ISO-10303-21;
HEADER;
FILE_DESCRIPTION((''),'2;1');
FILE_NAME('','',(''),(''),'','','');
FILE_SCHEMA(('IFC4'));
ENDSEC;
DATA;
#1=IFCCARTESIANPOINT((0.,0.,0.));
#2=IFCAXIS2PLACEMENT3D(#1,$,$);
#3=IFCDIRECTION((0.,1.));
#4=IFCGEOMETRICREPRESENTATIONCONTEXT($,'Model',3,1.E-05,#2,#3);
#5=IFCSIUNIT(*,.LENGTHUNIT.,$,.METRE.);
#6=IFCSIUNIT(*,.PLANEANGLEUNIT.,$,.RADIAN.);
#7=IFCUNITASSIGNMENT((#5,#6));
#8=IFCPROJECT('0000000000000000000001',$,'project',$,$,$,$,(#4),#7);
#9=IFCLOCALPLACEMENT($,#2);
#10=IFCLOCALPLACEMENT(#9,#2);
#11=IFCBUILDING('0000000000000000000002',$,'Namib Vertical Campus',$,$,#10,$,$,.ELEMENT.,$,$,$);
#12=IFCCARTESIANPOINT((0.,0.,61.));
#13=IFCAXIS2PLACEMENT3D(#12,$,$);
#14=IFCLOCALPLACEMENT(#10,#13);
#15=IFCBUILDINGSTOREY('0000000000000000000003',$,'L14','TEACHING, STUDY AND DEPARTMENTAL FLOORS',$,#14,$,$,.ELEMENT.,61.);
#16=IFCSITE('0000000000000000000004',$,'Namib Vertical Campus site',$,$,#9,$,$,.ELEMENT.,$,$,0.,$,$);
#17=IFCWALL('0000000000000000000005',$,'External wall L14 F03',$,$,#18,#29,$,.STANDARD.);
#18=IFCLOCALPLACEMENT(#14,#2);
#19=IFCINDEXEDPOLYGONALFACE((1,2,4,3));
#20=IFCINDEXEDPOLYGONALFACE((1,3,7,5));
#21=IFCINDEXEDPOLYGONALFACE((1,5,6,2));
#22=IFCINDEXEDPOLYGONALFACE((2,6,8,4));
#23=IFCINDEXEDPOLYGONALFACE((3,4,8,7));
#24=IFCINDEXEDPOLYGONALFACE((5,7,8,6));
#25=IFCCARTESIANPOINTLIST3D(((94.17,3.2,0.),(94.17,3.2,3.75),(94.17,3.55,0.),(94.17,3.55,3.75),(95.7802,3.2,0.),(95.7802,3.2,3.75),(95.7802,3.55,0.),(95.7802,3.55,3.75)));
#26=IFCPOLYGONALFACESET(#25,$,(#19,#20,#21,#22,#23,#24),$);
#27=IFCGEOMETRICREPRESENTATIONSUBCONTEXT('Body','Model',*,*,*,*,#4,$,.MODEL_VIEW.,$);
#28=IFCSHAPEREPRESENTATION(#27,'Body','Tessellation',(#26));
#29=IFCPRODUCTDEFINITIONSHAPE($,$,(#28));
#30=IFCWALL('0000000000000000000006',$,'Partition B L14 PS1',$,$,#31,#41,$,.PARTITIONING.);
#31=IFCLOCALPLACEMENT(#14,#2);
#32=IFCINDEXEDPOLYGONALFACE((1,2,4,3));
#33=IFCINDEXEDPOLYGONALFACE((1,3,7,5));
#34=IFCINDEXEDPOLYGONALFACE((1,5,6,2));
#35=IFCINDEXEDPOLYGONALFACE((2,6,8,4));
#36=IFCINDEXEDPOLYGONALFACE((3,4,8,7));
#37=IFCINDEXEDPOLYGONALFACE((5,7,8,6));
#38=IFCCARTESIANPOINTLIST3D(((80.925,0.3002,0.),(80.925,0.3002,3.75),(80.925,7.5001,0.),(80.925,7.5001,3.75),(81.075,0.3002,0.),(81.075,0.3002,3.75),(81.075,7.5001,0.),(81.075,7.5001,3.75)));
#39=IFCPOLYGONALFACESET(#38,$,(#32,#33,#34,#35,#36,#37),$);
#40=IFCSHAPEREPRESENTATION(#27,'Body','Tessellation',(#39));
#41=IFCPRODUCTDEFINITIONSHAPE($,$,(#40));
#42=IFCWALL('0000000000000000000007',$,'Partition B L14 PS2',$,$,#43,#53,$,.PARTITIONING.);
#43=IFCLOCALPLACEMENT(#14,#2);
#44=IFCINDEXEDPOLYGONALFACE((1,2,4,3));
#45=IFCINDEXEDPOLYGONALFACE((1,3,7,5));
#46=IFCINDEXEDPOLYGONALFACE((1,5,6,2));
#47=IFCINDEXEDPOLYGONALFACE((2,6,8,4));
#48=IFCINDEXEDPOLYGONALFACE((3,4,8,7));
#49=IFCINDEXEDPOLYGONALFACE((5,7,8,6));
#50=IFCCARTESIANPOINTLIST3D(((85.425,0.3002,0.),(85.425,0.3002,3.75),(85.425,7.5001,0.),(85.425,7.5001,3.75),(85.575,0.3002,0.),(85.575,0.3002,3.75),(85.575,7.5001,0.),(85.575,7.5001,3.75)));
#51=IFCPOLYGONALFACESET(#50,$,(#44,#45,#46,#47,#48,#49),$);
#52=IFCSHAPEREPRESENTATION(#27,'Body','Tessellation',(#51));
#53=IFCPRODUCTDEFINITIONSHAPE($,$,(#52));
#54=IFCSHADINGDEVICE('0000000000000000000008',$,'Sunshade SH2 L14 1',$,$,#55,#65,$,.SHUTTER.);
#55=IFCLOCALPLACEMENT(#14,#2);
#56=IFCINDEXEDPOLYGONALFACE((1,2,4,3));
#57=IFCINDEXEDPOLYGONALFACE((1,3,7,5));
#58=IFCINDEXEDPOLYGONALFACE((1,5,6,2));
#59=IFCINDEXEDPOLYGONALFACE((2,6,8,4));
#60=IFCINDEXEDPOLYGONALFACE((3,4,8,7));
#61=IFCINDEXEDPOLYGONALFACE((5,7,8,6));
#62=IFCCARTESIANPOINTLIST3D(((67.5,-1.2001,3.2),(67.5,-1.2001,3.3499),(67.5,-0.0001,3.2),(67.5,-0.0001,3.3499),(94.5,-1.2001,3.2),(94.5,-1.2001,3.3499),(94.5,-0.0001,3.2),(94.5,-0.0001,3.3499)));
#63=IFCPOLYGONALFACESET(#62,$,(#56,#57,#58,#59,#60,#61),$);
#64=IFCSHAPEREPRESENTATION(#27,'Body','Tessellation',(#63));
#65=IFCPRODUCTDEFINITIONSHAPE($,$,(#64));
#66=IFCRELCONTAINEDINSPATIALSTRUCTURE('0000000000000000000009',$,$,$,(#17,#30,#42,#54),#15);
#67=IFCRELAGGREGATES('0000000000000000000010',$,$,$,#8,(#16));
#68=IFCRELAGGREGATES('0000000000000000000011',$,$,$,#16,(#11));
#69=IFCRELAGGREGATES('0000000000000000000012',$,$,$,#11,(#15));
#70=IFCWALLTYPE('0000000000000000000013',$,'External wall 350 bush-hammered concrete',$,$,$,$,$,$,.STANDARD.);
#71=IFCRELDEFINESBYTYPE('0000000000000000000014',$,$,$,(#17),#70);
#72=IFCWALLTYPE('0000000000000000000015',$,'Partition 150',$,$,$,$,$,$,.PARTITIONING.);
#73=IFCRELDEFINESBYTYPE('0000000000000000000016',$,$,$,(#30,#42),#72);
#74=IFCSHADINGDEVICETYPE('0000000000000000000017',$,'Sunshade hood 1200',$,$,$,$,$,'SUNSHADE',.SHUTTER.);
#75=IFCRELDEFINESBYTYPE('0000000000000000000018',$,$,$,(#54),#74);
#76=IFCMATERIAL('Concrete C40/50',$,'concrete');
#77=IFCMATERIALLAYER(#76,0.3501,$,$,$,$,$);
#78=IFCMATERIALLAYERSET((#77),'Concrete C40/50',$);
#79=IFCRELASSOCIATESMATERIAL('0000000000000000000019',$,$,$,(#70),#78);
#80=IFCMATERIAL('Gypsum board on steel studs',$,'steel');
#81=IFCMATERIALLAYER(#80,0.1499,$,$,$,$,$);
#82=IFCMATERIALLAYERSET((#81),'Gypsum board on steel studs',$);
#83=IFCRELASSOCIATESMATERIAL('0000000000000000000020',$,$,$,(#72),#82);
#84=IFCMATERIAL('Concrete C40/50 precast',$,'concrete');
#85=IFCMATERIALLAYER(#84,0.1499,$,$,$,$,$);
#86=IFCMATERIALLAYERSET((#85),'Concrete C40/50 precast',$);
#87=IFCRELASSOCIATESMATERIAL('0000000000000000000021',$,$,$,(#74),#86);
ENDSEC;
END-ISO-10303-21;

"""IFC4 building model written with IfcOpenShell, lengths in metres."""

from ifc_helpers import new_model, si_unit, direction, frame, frame_2d, origin, origin_2d, place, context, subcontext, project, spatial, rectangle, extrude, material, layer, layer_set, type_object, element, save


model = new_model("IFC4")

# Units and contexts
model_context = context("Model", 3, precision=1e-05, world=origin(), true_north=direction((0.0, 1.0)))
body_context = subcontext(model_context, "Body", "Model", "MODEL_VIEW")
ifc_project = project(units=[si_unit("LENGTHUNIT", "METRE"), si_unit("PLANEANGLEUNIT", "RADIAN")], contexts=[model_context])

# Site, building, storey
site_placement = place(None, origin())
site = spatial("IfcSite", under=ifc_project, at=site_placement, Name="Namib Vertical Campus site", CompositionType="ELEMENT", RefElevation=0.0)
building_placement = place(site_placement, origin())
building = spatial("IfcBuilding", under=site, at=building_placement, Name="Namib Vertical Campus", CompositionType="ELEMENT")
storey_placement = place(building_placement, frame((0.0, 0.0, 61.0)))
storey = spatial("IfcBuildingStorey", under=building, at=storey_placement, Name="L14", Description="TEACHING, STUDY AND DEPARTMENTAL FLOORS", CompositionType="ELEMENT", Elevation=61.0)

# Walls
ifc_material_1 = material(Name="Concrete C40/50", Category="concrete")
ifc_layer_1 = layer(ifc_material_1, 0.3501)
ifc_layer_set_1 = layer_set([ifc_layer_1], Name="Concrete C40/50")
wall_type_1 = type_object("IfcWallType", Name="External wall 350 bush-hammered concrete", PredefinedType="STANDARD", material=ifc_layer_set_1)
wall_1_placement = place(storey_placement, frame((94.1699, 3.375, 0.0), z_axis=(0.0, 0.0, 1.0), x_axis=(1.0, 0.0, 0.0)))
element("IfcWall", 1, at=wall_1_placement, inside=storey, type_object=wall_type_1, Name="External wall L14 F03", PredefinedType="STANDARD", context=body_context, shape_type="SweptSolid", body=[
    extrude(rectangle(XDim=1.6101, YDim=0.3501, at=frame_2d((0.8052, 0.0))), origin(), (0.0, 0.0, 1.0), 3.75),
])
ifc_material_2 = material(Name="Gypsum board on steel studs", Category="steel")
ifc_layer_2 = layer(ifc_material_2, 0.1499)
ifc_layer_set_2 = layer_set([ifc_layer_2], Name="Gypsum board on steel studs")
wall_type_2 = type_object("IfcWallType", Name="Partition 150", PredefinedType="PARTITIONING", material=ifc_layer_set_2)
for number, where, z_axis, x_axis, name in (
    (2, (81.0, 0.3, 0.0), (0.0, 0.0, 1.0), (0.0, 1.0, 0.0), "Partition B L14 PS1"),
    (3, (85.5, 0.3, 0.0), (0.0, 0.0, 1.0), (0.0, 1.0, 0.0), "Partition B L14 PS2"),
):
    element("IfcWall", number, at=place(storey_placement, frame(where, z_axis=z_axis, x_axis=x_axis)), inside=storey, type_object=wall_type_2, Name=name, PredefinedType="PARTITIONING", context=body_context, shape_type="SweptSolid", body=[
        extrude(rectangle(XDim=7.2, YDim=0.1499, at=frame_2d((3.6001, 0.0))), origin(), (0.0, 0.0, 1.0), 3.75),
    ])

# Shading device
ifc_material_3 = material(Name="Concrete C40/50 precast", Category="concrete")
ifc_layer_3 = layer(ifc_material_3, 0.1499)
ifc_layer_set_3 = layer_set([ifc_layer_3], Name="Concrete C40/50 precast")
shading_device_type = type_object("IfcShadingDeviceType", Name="Sunshade hood 1200", ElementType="SUNSHADE", PredefinedType="SHUTTER", material=ifc_layer_set_3)
shading_device_placement = place(storey_placement, frame((81.0, -0.6001, 3.2), z_axis=(0.0, 0.0, 1.0), x_axis=(1.0, 0.0, 0.0)))
element("IfcShadingDevice", 4, at=shading_device_placement, inside=storey, type_object=shading_device_type, Name="Sunshade SH2 L14 1", PredefinedType="SHUTTER", context=body_context, shape_type="SweptSolid", body=[
    extrude(rectangle(XDim=27.0, YDim=1.2, at=origin_2d()), origin(), (0.0, 0.0, 1.0), 0.1499),
])

save(model, "model.ifc")
